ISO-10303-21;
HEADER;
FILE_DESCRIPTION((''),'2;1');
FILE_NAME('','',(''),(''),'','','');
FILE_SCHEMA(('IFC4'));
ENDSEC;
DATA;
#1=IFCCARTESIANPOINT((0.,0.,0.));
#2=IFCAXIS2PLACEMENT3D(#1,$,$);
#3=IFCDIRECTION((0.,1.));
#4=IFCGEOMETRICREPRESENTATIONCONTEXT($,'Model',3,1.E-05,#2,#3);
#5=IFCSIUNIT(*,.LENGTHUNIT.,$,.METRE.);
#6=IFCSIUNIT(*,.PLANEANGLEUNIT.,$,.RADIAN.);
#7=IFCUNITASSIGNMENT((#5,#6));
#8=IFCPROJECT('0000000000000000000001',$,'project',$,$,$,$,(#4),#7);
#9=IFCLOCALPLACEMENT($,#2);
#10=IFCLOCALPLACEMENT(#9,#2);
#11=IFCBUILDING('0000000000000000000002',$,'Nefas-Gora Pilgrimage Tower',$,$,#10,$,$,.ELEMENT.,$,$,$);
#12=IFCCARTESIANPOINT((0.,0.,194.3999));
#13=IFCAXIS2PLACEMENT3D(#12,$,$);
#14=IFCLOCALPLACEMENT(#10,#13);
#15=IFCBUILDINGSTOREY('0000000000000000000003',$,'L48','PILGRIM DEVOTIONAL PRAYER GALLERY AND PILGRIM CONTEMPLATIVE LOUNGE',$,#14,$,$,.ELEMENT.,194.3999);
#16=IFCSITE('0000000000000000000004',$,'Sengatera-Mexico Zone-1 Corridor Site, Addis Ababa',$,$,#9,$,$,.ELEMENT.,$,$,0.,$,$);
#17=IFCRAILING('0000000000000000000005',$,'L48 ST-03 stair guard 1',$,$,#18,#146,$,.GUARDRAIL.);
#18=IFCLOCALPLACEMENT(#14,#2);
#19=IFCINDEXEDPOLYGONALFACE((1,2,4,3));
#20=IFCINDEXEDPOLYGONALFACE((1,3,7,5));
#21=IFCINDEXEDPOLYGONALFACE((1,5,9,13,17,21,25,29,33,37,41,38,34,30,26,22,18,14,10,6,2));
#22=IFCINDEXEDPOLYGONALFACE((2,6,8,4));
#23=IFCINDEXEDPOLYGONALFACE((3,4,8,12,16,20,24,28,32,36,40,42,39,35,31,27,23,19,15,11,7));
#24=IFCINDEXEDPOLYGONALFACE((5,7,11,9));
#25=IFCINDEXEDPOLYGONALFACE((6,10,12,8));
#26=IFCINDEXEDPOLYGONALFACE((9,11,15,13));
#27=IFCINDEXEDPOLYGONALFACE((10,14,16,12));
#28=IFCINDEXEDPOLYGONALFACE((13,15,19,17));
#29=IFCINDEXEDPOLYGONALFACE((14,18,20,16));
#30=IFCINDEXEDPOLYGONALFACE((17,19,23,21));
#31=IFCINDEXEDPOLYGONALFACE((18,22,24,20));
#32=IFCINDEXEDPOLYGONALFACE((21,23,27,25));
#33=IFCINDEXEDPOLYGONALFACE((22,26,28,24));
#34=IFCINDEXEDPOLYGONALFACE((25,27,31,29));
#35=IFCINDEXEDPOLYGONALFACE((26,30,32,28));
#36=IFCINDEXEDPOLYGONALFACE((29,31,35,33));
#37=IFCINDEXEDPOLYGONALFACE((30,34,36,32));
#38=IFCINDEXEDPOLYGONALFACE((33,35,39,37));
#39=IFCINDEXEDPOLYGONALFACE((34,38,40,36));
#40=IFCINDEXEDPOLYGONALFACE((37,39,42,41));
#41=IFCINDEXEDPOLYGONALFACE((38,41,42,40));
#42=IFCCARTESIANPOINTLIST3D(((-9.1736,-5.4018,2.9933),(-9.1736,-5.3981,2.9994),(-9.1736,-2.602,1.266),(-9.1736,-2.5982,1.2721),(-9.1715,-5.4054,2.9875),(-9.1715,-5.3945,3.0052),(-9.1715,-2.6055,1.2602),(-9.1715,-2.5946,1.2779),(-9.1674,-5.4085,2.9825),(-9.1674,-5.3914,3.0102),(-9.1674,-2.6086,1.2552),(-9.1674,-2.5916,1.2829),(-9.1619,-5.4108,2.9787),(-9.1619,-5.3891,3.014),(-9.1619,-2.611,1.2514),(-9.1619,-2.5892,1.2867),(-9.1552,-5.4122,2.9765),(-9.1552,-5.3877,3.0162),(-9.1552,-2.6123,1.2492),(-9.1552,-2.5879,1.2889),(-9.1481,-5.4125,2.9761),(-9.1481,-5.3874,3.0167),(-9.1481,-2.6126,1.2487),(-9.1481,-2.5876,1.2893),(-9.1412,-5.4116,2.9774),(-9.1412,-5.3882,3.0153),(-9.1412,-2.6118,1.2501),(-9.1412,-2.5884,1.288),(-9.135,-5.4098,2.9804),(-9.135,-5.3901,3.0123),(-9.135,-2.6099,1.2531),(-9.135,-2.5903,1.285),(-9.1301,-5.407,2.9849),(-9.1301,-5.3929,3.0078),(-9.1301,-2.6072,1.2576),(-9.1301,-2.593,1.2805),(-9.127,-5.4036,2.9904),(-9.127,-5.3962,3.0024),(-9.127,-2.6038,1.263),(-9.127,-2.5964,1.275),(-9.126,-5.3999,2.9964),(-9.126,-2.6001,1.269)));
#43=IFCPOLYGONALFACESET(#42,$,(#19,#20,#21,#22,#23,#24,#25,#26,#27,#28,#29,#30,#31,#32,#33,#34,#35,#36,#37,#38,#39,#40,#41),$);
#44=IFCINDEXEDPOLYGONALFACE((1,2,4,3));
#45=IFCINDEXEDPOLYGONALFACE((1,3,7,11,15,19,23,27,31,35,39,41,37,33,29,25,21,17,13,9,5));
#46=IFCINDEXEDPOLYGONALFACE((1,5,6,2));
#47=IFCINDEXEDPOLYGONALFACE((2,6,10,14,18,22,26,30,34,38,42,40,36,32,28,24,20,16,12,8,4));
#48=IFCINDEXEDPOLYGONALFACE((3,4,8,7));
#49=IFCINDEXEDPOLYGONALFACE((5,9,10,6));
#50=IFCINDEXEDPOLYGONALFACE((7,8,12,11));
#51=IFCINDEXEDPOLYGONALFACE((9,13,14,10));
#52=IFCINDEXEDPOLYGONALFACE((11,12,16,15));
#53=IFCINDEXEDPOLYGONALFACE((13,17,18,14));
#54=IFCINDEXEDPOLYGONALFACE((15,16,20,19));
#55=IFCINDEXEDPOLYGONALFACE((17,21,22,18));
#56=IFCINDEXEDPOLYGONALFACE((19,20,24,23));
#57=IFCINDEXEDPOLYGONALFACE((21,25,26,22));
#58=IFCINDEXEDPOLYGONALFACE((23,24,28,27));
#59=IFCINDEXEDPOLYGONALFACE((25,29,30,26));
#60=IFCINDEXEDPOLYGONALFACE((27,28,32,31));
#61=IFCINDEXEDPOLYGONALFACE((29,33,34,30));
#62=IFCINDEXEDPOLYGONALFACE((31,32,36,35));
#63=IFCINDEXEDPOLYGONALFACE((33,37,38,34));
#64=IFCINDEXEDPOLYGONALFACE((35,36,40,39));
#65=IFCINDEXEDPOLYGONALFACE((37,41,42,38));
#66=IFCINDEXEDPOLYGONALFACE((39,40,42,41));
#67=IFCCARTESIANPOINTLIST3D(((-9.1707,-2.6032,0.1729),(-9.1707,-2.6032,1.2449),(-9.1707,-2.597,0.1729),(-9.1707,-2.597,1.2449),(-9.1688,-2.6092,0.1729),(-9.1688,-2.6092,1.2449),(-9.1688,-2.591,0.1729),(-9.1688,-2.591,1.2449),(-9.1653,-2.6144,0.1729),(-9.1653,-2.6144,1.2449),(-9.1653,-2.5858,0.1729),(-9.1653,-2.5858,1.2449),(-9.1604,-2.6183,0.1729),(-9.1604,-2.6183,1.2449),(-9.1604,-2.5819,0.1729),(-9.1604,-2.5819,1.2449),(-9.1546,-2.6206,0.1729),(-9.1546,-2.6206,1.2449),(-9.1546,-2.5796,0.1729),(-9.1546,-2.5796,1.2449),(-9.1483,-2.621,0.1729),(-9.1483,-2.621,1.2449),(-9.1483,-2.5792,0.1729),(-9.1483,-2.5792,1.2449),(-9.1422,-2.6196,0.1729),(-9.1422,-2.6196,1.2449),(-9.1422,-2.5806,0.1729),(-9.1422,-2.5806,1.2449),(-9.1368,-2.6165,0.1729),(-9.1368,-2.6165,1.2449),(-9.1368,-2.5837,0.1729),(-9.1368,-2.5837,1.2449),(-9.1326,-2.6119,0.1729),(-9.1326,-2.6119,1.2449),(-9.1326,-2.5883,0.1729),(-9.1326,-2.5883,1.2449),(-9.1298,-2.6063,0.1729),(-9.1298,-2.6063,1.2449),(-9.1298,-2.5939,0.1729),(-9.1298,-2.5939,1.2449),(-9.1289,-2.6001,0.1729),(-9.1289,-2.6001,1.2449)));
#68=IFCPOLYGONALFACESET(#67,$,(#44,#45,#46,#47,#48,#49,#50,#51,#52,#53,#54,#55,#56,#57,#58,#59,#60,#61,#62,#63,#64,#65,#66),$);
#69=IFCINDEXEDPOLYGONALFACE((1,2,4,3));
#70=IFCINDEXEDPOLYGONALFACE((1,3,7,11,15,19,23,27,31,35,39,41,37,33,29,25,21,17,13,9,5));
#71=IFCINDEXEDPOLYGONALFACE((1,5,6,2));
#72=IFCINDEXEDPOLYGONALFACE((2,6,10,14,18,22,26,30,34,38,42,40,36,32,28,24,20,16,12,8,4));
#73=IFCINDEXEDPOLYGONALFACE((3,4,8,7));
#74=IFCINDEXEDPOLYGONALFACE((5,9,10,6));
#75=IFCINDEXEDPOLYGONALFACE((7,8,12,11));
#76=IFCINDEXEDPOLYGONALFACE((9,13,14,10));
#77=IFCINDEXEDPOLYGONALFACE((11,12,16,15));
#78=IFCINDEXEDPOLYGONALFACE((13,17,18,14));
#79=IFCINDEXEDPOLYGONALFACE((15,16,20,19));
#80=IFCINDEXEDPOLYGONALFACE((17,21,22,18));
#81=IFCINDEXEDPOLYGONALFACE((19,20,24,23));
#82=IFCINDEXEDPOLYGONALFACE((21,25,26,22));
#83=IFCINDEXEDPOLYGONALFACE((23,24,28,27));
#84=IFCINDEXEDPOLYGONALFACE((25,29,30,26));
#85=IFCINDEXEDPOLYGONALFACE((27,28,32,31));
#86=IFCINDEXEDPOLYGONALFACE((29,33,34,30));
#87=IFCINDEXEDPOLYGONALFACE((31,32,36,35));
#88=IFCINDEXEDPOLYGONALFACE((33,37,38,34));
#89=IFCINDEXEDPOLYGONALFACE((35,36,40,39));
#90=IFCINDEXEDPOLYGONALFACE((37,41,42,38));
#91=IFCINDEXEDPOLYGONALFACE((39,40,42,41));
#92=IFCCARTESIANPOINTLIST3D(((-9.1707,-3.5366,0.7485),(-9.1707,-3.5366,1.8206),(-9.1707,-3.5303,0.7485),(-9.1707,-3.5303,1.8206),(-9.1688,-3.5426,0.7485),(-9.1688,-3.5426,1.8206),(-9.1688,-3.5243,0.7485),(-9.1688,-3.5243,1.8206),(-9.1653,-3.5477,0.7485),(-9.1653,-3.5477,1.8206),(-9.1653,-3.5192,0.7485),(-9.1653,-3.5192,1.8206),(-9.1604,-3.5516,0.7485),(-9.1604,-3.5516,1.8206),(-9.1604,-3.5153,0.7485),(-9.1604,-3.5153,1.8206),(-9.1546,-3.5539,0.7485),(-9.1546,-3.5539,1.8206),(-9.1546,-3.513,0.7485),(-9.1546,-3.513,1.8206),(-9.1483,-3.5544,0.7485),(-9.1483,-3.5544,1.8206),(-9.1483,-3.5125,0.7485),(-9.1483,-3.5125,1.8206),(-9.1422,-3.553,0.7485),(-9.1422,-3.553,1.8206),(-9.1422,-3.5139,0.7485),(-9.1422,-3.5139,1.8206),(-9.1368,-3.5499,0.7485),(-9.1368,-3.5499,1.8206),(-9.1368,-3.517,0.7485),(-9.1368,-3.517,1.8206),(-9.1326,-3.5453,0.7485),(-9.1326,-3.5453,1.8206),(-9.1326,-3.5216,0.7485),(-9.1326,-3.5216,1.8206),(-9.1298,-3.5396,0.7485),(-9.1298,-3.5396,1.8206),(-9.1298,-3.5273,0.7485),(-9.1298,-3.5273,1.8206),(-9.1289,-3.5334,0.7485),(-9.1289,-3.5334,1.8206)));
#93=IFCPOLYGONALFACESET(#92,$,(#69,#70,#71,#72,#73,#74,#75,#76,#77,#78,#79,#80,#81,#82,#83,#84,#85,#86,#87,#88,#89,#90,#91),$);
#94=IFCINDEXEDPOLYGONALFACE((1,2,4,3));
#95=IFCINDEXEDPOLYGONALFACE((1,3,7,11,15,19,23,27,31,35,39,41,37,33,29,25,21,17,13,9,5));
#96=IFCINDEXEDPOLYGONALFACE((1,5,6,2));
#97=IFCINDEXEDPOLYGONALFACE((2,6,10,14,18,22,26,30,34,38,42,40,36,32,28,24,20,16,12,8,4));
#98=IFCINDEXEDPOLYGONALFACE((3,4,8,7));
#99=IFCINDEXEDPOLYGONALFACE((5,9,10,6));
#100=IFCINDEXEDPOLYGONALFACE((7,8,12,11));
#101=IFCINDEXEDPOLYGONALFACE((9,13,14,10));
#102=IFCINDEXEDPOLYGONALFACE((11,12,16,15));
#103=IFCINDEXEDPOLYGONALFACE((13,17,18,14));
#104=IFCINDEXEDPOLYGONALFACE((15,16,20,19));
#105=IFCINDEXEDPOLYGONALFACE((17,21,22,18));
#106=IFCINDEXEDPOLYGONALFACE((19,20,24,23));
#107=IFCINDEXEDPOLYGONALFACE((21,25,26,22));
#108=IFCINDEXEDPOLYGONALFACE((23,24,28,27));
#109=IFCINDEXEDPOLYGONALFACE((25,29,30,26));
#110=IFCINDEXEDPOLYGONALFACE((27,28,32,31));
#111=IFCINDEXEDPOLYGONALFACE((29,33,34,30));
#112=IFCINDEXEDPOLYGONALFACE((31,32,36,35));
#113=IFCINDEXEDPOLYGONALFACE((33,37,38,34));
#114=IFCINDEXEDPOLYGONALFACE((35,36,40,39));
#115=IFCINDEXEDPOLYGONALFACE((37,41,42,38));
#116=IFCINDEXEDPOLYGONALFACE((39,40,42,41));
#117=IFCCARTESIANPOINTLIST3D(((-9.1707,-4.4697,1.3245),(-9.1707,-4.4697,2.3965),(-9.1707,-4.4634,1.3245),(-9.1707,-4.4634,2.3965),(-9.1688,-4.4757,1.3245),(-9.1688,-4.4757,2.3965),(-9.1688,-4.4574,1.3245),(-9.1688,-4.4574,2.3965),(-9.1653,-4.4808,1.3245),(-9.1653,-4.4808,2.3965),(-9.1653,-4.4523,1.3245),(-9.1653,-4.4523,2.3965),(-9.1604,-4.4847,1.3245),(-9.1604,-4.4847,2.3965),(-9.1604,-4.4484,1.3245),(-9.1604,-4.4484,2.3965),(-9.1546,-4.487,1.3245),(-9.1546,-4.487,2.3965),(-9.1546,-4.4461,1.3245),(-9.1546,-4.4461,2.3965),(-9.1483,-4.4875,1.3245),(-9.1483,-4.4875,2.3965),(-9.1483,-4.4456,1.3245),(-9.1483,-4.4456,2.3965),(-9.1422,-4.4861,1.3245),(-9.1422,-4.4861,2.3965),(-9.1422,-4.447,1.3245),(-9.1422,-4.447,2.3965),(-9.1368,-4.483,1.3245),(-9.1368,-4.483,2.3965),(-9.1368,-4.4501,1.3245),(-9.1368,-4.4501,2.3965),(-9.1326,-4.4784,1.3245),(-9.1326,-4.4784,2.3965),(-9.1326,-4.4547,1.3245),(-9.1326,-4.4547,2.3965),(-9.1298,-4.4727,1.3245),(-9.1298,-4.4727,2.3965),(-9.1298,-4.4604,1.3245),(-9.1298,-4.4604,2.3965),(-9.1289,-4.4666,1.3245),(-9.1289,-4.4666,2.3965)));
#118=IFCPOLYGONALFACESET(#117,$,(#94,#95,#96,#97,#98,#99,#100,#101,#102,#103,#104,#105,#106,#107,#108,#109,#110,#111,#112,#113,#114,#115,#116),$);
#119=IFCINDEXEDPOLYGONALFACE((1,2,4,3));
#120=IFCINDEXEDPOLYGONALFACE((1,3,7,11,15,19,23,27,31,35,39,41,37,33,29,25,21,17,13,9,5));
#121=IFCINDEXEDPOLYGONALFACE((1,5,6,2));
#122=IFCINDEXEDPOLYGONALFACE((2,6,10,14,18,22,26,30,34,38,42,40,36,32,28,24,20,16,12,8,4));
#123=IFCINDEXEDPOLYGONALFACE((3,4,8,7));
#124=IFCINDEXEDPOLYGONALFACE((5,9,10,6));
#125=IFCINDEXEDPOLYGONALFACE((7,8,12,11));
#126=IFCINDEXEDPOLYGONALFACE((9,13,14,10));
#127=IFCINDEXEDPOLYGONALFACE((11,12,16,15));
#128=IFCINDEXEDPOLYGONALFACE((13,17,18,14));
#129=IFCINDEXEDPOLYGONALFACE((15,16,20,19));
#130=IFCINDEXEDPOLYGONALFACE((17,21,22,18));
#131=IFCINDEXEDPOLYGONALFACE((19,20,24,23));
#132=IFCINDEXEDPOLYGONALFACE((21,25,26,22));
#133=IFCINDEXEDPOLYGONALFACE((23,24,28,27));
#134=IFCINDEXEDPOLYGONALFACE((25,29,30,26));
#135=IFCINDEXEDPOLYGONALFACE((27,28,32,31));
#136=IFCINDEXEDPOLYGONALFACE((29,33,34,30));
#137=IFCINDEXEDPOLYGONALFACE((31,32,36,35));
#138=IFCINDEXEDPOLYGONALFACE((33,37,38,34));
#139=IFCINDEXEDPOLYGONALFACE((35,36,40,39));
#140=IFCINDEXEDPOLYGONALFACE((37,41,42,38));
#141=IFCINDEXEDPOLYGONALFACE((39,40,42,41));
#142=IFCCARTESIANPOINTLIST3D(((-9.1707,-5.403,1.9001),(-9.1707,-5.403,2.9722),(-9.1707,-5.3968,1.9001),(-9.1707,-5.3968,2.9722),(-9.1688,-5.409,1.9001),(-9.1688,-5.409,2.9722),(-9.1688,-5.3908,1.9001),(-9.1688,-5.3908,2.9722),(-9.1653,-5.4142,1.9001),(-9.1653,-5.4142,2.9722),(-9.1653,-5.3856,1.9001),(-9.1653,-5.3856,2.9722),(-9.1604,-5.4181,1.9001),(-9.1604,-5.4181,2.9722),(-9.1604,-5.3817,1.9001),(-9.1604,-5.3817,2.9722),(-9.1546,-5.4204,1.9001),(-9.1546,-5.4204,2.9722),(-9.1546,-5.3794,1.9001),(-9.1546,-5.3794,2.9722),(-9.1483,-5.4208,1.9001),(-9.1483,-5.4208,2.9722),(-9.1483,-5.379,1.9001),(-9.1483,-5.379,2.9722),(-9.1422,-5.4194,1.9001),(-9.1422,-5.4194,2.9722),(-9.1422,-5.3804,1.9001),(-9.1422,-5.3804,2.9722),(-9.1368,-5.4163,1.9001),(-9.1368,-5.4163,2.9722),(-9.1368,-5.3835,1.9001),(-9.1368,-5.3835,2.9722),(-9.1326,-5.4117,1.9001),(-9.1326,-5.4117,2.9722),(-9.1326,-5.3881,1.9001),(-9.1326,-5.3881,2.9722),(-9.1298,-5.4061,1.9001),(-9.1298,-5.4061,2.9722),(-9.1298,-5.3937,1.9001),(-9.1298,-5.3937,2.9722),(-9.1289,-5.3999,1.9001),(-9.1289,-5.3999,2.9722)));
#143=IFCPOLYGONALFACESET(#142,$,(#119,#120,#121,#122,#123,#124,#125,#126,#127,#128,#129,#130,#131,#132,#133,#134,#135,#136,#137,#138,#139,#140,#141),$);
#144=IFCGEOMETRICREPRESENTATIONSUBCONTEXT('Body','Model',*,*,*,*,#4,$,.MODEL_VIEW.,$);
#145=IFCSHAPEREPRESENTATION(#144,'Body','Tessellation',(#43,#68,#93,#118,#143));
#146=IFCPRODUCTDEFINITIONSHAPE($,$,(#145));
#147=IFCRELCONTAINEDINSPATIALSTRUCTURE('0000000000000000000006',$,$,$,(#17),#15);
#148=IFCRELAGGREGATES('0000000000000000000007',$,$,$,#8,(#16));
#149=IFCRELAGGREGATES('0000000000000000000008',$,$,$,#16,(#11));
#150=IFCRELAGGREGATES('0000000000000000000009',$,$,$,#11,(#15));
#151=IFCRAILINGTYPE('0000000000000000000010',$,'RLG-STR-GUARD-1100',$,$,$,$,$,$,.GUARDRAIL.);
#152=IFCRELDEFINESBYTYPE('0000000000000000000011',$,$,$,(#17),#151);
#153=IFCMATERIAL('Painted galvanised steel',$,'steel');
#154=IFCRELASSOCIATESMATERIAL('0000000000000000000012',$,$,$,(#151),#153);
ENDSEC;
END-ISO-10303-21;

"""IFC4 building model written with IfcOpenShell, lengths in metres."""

from ifc_helpers import new_model, si_unit, direction, frame, origin, origin_2d, place, context, subcontext, project, spatial, circle, extrude, material, type_object, element, save


model = new_model("IFC4")

# Units and contexts
model_context = context("Model", 3, precision=1e-05, world=origin(), true_north=direction((0.0, 1.0)))
body_context = subcontext(model_context, "Body", "Model", "MODEL_VIEW")
ifc_project = project(units=[si_unit("LENGTHUNIT", "METRE"), si_unit("PLANEANGLEUNIT", "RADIAN")], contexts=[model_context])

# Site, building, storey
site_placement = place(None, origin())
site = spatial("IfcSite", under=ifc_project, at=site_placement, Name="Sengatera-Mexico Zone-1 Corridor Site, Addis Ababa", CompositionType="ELEMENT", RefElevation=0.0)
building_placement = place(site_placement, origin())
building = spatial("IfcBuilding", under=site, at=building_placement, Name="Nefas-Gora Pilgrimage Tower", CompositionType="ELEMENT")
storey_placement = place(building_placement, frame((0.0, 0.0, 194.3999)))
storey = spatial("IfcBuildingStorey", under=building, at=storey_placement, Name="L48", Description="PILGRIM DEVOTIONAL PRAYER GALLERY AND PILGRIM CONTEMPLATIVE LOUNGE", CompositionType="ELEMENT", Elevation=194.3999)

# Railing
ifc_material_1 = material(Name="Painted galvanised steel", Category="steel")
railing_type_1 = type_object("IfcRailingType", Name="RLG-STR-GUARD-1100", PredefinedType="GUARDRAIL", material=ifc_material_1)
railing_1_placement = place(storey_placement, frame((-9.1499, -2.6001, 0.1729)))
element("IfcRailing", 1, at=railing_1_placement, inside=storey, type_object=railing_type_1, Name="L48 ST-03 stair guard 1", PredefinedType="GUARDRAIL", context=body_context, shape_type="SweptSolid", body=[
    extrude(circle(Radius=0.0239, at=origin_2d()), frame((0.0, 0.0, 1.0962), z_axis=(0.0, -0.851069, 0.525054), x_axis=(1.0, 0.0, 0.0)), (0.0, 0.0, 1.0), 3.2898),
    extrude(circle(Radius=0.021, at=origin_2d()), origin(), (0.0, 0.0, 1.0), 1.072),
    extrude(circle(Radius=0.021, at=origin_2d()), frame((0.0, -0.9333, 0.5757)), (0.0, 0.0, 1.0), 1.072),
    extrude(circle(Radius=0.021, at=origin_2d()), frame((0.0, -1.8665, 1.1516)), (0.0, 0.0, 1.0), 1.072),
    extrude(circle(Radius=0.021, at=origin_2d()), frame((0.0, -2.7998, 1.7273)), (0.0, 0.0, 1.0), 1.072),
])

save(model, "model.ifc")
